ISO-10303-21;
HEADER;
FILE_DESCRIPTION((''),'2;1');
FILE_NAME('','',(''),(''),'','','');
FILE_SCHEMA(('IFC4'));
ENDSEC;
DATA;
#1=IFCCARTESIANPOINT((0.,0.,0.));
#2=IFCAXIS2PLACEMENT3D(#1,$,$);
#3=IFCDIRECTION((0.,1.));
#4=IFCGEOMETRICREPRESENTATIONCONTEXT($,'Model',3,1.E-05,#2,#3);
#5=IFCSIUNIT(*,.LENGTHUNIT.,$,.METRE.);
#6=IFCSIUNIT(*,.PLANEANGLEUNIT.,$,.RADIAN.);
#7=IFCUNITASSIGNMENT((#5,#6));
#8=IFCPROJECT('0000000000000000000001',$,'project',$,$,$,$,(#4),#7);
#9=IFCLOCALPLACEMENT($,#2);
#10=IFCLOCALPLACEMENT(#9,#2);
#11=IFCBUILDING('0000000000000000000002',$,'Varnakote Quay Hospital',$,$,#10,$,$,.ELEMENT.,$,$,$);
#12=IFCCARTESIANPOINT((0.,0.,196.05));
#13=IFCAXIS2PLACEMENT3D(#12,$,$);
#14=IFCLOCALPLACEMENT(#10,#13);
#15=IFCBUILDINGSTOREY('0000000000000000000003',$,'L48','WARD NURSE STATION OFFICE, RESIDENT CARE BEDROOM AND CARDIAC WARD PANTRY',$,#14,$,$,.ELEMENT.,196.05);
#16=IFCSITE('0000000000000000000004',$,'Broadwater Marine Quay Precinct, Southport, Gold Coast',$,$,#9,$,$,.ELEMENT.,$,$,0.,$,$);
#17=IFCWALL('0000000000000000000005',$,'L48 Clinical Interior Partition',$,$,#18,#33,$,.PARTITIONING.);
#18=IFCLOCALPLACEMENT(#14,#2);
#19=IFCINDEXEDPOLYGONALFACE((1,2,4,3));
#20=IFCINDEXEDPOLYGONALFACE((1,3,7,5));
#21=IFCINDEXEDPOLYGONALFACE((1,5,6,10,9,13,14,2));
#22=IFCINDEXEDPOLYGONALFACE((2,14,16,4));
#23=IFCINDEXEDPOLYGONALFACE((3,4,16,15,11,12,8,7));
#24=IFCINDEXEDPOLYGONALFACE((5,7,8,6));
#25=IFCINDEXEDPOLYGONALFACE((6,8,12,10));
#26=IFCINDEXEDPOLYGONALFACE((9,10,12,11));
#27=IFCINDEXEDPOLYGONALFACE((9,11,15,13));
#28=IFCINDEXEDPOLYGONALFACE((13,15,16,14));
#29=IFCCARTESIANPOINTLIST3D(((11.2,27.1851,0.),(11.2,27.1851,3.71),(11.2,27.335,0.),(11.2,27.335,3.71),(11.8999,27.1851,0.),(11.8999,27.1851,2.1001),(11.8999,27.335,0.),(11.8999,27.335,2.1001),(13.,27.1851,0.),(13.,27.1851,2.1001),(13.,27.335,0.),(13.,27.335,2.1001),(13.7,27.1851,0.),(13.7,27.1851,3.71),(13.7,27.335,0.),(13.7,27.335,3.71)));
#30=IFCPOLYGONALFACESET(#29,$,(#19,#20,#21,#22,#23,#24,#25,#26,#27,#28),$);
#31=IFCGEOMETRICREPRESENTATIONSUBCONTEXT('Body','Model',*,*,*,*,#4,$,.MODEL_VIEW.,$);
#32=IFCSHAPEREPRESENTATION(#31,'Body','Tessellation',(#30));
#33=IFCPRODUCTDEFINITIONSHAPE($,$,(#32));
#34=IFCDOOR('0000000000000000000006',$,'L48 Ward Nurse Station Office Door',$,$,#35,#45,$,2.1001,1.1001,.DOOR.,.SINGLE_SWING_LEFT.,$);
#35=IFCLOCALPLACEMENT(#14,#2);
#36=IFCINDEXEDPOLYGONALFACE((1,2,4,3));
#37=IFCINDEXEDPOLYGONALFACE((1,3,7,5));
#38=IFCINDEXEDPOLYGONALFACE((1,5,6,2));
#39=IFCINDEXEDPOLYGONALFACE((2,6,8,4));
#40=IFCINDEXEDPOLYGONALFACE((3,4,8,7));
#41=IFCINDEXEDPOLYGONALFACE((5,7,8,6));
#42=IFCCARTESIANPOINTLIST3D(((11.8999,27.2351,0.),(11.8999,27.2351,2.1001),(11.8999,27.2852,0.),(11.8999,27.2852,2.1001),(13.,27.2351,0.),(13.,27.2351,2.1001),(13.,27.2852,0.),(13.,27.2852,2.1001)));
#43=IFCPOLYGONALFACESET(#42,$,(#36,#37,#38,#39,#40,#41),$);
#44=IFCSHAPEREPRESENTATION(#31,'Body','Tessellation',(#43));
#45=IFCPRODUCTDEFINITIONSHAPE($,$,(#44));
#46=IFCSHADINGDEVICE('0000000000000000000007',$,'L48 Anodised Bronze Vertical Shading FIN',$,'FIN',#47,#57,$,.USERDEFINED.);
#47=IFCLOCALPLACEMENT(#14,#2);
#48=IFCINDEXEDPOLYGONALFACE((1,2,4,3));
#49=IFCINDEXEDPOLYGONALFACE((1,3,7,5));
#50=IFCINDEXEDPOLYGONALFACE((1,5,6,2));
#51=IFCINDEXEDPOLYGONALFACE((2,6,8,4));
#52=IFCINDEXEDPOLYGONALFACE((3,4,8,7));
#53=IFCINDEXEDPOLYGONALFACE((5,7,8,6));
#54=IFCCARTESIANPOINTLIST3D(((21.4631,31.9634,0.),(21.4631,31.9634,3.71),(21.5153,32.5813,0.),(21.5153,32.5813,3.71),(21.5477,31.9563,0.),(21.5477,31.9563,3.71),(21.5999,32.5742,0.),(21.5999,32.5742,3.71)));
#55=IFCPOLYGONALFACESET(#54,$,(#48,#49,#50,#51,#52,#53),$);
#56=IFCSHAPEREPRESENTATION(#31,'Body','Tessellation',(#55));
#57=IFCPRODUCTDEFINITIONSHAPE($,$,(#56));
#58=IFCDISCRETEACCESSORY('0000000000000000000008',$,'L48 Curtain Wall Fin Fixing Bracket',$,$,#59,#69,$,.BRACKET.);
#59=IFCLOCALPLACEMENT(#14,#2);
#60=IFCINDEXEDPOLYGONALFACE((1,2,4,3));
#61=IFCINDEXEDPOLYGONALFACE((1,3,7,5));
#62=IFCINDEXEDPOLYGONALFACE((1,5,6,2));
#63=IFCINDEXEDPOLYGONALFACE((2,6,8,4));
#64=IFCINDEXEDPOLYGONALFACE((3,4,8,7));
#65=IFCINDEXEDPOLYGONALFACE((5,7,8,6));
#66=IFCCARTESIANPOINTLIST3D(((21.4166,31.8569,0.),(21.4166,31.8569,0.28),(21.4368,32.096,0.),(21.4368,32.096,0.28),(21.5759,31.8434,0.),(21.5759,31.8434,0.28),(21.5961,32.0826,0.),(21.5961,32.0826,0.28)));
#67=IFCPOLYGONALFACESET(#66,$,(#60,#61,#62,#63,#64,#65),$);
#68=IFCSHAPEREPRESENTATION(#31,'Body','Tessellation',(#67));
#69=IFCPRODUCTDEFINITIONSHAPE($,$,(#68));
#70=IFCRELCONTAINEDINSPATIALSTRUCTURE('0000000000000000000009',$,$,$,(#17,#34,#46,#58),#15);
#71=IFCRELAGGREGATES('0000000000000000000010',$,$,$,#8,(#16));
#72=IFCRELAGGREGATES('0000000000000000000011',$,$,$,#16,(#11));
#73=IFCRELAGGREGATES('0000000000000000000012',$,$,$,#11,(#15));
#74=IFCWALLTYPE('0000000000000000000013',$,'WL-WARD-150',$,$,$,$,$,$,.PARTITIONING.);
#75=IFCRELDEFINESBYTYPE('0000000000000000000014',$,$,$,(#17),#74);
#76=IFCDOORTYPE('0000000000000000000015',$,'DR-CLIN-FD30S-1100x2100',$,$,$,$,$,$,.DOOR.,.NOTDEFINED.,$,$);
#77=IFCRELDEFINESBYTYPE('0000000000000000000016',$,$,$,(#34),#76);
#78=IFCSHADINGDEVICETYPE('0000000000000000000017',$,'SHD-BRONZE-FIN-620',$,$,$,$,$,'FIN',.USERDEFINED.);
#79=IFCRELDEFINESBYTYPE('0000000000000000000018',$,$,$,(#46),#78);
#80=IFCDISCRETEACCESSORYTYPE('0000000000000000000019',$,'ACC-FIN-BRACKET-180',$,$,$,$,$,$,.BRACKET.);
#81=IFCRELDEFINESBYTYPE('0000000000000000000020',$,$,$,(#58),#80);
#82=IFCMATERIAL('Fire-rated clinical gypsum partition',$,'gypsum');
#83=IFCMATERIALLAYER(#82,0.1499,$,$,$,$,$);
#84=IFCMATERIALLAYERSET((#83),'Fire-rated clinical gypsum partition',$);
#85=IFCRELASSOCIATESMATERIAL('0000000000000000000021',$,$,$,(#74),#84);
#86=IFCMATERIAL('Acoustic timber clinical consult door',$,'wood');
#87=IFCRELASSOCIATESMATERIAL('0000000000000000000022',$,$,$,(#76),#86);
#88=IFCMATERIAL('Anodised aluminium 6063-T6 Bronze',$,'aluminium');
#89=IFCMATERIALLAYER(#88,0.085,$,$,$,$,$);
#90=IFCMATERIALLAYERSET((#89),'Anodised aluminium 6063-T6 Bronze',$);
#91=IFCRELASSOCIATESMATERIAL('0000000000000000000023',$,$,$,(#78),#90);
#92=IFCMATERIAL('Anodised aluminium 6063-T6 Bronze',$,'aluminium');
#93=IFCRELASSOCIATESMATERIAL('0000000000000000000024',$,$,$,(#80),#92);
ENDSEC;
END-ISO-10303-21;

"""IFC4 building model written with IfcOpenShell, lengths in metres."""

from ifc_helpers import new_model, si_unit, direction, frame, frame_2d, origin, origin_2d, place, context, subcontext, project, spatial, rectangle, extrude, material, layer, layer_set, type_object, element, fill, save


model = new_model("IFC4")

# Units and contexts
model_context = context("Model", 3, precision=1e-05, world=origin(), true_north=direction((0.0, 1.0)))
body_context = subcontext(model_context, "Body", "Model", "MODEL_VIEW")
ifc_project = project(units=[si_unit("LENGTHUNIT", "METRE"), si_unit("PLANEANGLEUNIT", "RADIAN")], contexts=[model_context])

# Site, building, storey
site_placement = place(None, origin())
site = spatial("IfcSite", under=ifc_project, at=site_placement, Name="Broadwater Marine Quay Precinct, Southport, Gold Coast", CompositionType="ELEMENT", RefElevation=0.0)
building_placement = place(site_placement, origin())
building = spatial("IfcBuilding", under=site, at=building_placement, Name="Varnakote Quay Hospital", CompositionType="ELEMENT")
storey_placement = place(building_placement, frame((0.0, 0.0, 196.05)))
storey = spatial("IfcBuildingStorey", under=building, at=storey_placement, Name="L48", Description="WARD NURSE STATION OFFICE, RESIDENT CARE BEDROOM AND CARDIAC WARD PANTRY", CompositionType="ELEMENT", Elevation=196.05)

# Shared definitions
ifc_material_1 = material(Name="Fire-rated clinical gypsum partition", Category="gypsum")
ifc_layer_1 = layer(ifc_material_1, 0.1499)
ifc_layer_set_1 = layer_set([ifc_layer_1], Name="Fire-rated clinical gypsum partition")
wall_type_1 = type_object("IfcWallType", Name="WL-WARD-150", PredefinedType="PARTITIONING", material=ifc_layer_set_1)

# Wall, opening, door
ifc_material_2 = material(Name="Acoustic timber clinical consult door", Category="wood")
door_type = type_object("IfcDoorType", Name="DR-CLIN-FD30S-1100x2100", OperationType="NOTDEFINED", PredefinedType="DOOR", material=ifc_material_2)
wall_1_placement = place(storey_placement, frame((13.7, 27.26, 0.0), z_axis=(0.0, 0.0, 1.0), x_axis=(-1.0, 0.0, 0.0)))
wall_1 = element("IfcWall", 1, at=wall_1_placement, inside=storey, type_object=wall_type_1, Name="L48 Clinical Interior Partition", PredefinedType="PARTITIONING", context=body_context, shape_type="SweptSolid", body=[
    extrude(rectangle(XDim=2.5, YDim=0.1499, at=frame_2d((1.25, 0.0))), origin(), (0.0, 0.0, 1.0), 3.71),
])
opening_1_placement = place(wall_1_placement, frame((0.7, 0.0, 0.0)))
opening_1 = element("IfcOpeningElement", 2, at=opening_1_placement, cuts=wall_1, PredefinedType="OPENING", context=body_context, shape_type="SweptSolid", body=[
    extrude(rectangle(XDim=1.1001, YDim=2.1001, at=frame_2d((0.55, 1.05))), frame((0.0, 0.085, 0.0), z_axis=(0.0, -1.0, 0.0), x_axis=(1.0, 0.0, 0.0)), (0.0, 0.0, 1.0), 0.1699),
])
door_1_placement = place(opening_1_placement, origin())
door_1 = element("IfcDoor", 3, at=door_1_placement, inside=storey, type_object=door_type, Name="L48 Ward Nurse Station Office Door", OperationType="SINGLE_SWING_LEFT", OverallHeight=2.1001, OverallWidth=1.1001, PredefinedType="DOOR", context=body_context, shape_type="SweptSolid", body=[
    extrude(rectangle(XDim=1.1001, YDim=2.1001, at=frame_2d((0.55, 1.05))), frame((0.0, 0.0249, 0.0), z_axis=(0.0, -1.0, 0.0), x_axis=(1.0, 0.0, 0.0)), (0.0, 0.0, 1.0), 0.05),
])
fill(opening_1, door_1)

# Shading device
ifc_material_3 = material(Name="Anodised aluminium 6063-T6 Bronze", Category="aluminium")
ifc_layer_2 = layer(ifc_material_3, 0.085)
ifc_layer_set_2 = layer_set([ifc_layer_2], Name="Anodised aluminium 6063-T6 Bronze")
shading_device_type = type_object("IfcShadingDeviceType", Name="SHD-BRONZE-FIN-620", ElementType="FIN", PredefinedType="USERDEFINED", material=ifc_layer_set_2)
shading_device_placement = place(storey_placement, frame((21.5315, 32.2688, 0.0), z_axis=(0.0, 0.0, 1.0), x_axis=(-0.0842, -0.996449, 0.0)))
element("IfcShadingDevice", 4, at=shading_device_placement, inside=storey, type_object=shading_device_type, Name="L48 Anodised Bronze Vertical Shading FIN", ObjectType="FIN", PredefinedType="USERDEFINED", context=body_context, shape_type="SweptSolid", body=[
    extrude(rectangle(XDim=0.6201, YDim=0.085, at=origin_2d()), origin(), (0.0, 0.0, 1.0), 3.71),
])

# Discrete accessory
ifc_material_4 = material(Name="Anodised aluminium 6063-T6 Bronze", Category="aluminium")
discrete_accessory_type = type_object("IfcDiscreteAccessoryType", Name="ACC-FIN-BRACKET-180", PredefinedType="BRACKET", material=ifc_material_4)
discrete_accessory_placement = place(storey_placement, frame((21.5063, 31.9697, 0.0), z_axis=(0.0, 0.0, 1.0), x_axis=(-0.996449, 0.0842, 0.0)))
element("IfcDiscreteAccessory", 5, at=discrete_accessory_placement, inside=storey, type_object=discrete_accessory_type, Name="L48 Curtain Wall Fin Fixing Bracket", PredefinedType="BRACKET", context=body_context, shape_type="SweptSolid", body=[
    extrude(rectangle(XDim=0.1599, YDim=0.24, at=origin_2d()), origin(), (0.0, 0.0, 1.0), 0.28),
])

save(model, "model.ifc")
